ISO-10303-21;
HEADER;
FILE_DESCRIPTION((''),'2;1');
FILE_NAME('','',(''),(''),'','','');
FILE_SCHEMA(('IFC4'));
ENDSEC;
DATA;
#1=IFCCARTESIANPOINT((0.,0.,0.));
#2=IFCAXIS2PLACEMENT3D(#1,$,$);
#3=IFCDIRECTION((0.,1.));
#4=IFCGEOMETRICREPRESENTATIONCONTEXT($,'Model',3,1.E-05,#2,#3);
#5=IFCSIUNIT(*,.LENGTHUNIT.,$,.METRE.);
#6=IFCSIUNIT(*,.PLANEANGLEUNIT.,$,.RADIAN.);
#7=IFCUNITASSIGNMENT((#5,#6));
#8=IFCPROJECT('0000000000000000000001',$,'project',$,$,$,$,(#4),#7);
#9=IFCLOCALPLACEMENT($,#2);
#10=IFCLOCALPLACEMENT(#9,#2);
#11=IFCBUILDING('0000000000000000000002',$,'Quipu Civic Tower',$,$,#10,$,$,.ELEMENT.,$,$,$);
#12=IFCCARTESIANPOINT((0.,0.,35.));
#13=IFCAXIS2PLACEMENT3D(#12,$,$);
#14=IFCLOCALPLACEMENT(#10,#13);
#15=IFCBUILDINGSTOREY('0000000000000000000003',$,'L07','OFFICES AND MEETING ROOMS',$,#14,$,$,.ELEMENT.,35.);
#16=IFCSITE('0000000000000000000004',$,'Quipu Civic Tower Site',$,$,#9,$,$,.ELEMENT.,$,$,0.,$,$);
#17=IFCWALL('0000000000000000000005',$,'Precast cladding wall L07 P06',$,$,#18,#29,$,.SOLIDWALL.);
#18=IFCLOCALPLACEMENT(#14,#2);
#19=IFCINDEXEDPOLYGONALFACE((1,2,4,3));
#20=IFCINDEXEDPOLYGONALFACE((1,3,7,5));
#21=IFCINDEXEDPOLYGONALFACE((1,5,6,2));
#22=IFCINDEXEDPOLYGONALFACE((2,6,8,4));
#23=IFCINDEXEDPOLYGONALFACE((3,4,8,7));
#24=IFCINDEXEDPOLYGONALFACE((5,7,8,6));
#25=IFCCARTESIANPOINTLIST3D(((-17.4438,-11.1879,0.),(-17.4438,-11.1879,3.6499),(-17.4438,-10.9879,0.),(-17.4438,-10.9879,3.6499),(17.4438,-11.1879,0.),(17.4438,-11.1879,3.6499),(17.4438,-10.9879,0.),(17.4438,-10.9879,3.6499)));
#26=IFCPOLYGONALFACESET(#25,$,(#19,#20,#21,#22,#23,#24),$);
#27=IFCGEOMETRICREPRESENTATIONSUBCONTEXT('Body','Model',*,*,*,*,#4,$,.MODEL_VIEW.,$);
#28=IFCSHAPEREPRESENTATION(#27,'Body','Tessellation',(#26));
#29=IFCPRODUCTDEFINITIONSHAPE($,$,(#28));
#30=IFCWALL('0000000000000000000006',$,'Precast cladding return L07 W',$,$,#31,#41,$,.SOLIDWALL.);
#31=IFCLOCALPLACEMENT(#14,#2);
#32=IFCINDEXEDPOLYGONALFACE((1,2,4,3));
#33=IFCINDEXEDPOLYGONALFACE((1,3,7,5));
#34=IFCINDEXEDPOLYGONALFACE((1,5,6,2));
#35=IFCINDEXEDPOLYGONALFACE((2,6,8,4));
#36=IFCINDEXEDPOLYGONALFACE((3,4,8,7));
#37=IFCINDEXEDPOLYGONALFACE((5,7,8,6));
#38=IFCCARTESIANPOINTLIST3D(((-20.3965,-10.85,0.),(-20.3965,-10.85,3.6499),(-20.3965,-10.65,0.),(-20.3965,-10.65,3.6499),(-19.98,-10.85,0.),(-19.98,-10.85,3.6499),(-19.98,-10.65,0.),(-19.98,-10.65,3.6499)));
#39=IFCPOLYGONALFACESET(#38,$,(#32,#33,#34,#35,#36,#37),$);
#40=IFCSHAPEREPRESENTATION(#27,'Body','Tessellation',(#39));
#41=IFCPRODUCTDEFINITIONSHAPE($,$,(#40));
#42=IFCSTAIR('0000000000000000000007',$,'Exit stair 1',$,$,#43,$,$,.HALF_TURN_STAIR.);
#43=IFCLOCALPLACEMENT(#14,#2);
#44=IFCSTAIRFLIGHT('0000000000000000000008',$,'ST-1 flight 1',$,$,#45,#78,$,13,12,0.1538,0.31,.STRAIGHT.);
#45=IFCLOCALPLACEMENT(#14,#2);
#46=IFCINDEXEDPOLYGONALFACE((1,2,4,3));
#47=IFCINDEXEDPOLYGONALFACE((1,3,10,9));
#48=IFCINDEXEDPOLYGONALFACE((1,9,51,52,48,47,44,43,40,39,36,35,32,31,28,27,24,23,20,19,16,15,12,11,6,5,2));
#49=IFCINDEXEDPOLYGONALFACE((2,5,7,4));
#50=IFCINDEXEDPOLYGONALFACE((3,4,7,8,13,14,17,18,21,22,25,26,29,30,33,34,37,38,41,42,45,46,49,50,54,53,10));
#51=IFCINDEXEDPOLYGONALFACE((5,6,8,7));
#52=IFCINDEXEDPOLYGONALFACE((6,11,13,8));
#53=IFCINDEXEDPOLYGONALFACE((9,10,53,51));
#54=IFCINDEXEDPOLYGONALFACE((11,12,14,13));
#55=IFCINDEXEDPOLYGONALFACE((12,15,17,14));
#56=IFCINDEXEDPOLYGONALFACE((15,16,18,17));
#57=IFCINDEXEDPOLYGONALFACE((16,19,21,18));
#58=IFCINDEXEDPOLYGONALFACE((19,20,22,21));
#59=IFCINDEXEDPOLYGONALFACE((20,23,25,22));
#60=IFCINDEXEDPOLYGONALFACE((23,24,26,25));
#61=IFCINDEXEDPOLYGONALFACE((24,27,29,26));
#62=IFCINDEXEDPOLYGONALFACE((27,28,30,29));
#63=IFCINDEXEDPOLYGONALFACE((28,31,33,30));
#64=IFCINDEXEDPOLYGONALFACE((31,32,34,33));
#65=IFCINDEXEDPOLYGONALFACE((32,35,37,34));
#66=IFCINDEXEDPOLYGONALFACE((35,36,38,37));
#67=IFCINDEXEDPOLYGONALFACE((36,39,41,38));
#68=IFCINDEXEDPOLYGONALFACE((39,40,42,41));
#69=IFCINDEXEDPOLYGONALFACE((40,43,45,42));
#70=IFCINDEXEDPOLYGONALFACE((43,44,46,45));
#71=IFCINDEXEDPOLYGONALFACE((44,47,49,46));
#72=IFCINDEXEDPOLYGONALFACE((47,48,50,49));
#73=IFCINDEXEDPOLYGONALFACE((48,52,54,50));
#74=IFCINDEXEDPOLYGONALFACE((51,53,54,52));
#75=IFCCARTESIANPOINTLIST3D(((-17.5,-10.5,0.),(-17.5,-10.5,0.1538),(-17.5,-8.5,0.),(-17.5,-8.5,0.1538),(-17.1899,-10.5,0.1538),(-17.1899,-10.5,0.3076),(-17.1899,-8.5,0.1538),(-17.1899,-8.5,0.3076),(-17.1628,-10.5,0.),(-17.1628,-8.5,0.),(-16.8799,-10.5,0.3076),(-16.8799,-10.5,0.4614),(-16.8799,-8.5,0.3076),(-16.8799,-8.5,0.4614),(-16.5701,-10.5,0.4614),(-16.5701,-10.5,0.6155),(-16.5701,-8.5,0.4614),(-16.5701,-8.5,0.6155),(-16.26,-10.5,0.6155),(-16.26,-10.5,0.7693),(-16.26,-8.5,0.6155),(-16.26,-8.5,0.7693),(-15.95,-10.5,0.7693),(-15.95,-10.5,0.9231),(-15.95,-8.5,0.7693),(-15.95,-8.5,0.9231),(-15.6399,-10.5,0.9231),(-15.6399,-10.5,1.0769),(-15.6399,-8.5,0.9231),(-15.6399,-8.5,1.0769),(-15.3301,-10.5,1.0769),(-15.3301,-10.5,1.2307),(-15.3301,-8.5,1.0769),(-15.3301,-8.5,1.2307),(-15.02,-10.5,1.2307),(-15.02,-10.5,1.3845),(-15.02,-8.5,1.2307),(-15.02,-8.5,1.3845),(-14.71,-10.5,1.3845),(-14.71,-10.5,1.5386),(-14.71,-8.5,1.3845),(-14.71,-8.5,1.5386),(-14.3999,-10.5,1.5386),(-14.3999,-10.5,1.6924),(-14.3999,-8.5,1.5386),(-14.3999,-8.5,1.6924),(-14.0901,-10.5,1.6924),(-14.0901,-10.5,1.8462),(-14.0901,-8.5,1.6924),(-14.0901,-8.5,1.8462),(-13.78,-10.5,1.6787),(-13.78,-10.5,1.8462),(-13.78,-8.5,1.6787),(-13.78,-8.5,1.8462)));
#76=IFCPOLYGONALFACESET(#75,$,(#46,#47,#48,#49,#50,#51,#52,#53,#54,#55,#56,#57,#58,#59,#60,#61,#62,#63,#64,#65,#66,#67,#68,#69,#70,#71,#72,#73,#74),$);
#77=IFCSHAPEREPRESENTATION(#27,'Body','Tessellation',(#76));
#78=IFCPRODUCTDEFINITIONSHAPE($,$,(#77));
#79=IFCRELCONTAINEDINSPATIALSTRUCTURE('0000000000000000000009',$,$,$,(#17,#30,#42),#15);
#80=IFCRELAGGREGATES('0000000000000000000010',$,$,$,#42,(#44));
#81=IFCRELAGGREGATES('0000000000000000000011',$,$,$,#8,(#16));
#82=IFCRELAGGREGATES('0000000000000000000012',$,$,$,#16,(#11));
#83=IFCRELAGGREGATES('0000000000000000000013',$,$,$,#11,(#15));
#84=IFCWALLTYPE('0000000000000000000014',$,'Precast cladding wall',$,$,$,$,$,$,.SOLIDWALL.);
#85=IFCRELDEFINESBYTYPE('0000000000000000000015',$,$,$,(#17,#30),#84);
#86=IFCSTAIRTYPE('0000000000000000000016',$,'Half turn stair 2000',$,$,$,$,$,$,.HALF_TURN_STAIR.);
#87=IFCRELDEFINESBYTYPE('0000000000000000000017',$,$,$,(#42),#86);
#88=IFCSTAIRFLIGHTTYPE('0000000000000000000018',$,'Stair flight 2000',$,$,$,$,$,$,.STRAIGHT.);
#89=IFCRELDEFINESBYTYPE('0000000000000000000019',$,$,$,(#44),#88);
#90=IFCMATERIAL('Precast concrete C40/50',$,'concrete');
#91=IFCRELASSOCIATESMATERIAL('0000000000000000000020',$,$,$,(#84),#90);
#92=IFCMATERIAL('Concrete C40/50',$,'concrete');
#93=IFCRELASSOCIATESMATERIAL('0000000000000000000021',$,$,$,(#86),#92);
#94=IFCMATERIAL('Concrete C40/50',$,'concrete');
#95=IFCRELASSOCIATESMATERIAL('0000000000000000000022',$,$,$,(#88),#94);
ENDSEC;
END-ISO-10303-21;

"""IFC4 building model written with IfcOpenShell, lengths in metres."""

from ifc_helpers import new_model, si_unit, direction, frame, frame_2d, origin, place, context, subcontext, project, spatial, polyline, rectangle, outline, extrude, material, type_object, element, aggregate, save


model = new_model("IFC4")

# Units and contexts
model_context = context("Model", 3, precision=1e-05, world=origin(), true_north=direction((0.0, 1.0)))
body_context = subcontext(model_context, "Body", "Model", "MODEL_VIEW")
ifc_project = project(units=[si_unit("LENGTHUNIT", "METRE"), si_unit("PLANEANGLEUNIT", "RADIAN")], contexts=[model_context])

# Site, building, storey
site_placement = place(None, origin())
site = spatial("IfcSite", under=ifc_project, at=site_placement, Name="Quipu Civic Tower Site", CompositionType="ELEMENT", RefElevation=0.0)
building_placement = place(site_placement, origin())
building = spatial("IfcBuilding", under=site, at=building_placement, Name="Quipu Civic Tower", CompositionType="ELEMENT")
storey_placement = place(building_placement, frame((0.0, 0.0, 35.0)))
storey = spatial("IfcBuildingStorey", under=building, at=storey_placement, Name="L07", Description="OFFICES AND MEETING ROOMS", CompositionType="ELEMENT", Elevation=35.0)

# Walls
ifc_material_1 = material(Name="Precast concrete C40/50", Category="concrete")
wall_type_1 = type_object("IfcWallType", Name="Precast cladding wall", PredefinedType="SOLIDWALL", material=ifc_material_1)
wall_1_placement = place(storey_placement, frame((-17.4438, -11.0879, 0.0), z_axis=(0.0, 0.0, 1.0), x_axis=(1.0, 0.0, 0.0)))
element("IfcWall", 1, at=wall_1_placement, inside=storey, type_object=wall_type_1, Name="Precast cladding wall L07 P06", PredefinedType="SOLIDWALL", context=body_context, shape_type="SweptSolid", body=[
    extrude(rectangle(XDim=34.8877, YDim=0.2, at=frame_2d((17.4438, 0.0))), origin(), (0.0, 0.0, 1.0), 3.6499),
])
wall_2_placement = place(storey_placement, frame((-19.98, -10.75, 0.0), z_axis=(0.0, 0.0, 1.0), x_axis=(-1.0, 0.0, 0.0)))
element("IfcWall", 2, at=wall_2_placement, inside=storey, type_object=wall_type_1, Name="Precast cladding return L07 W", PredefinedType="SOLIDWALL", context=body_context, shape_type="SweptSolid", body=[
    extrude(rectangle(XDim=0.4165, YDim=0.2, at=frame_2d((0.2083, 0.0))), origin(), (0.0, 0.0, 1.0), 3.6499),
])

# Stair, stair flight
ifc_material_2 = material(Name="Concrete C40/50", Category="concrete")
stair_type = type_object("IfcStairType", Name="Half turn stair 2000", PredefinedType="HALF_TURN_STAIR", material=ifc_material_2)
stair_placement = place(storey_placement, origin())
stair = element("IfcStair", 3, at=stair_placement, inside=storey, type_object=stair_type, Name="Exit stair 1", PredefinedType="HALF_TURN_STAIR")
ifc_material_3 = material(Name="Concrete C40/50", Category="concrete")
stair_flight_type = type_object("IfcStairFlightType", Name="Stair flight 2000", PredefinedType="STRAIGHT", material=ifc_material_3)
stair_flight_placement = place(storey_placement, frame((-17.5, -9.5, 0.0), z_axis=(0.0, 0.0, 1.0), x_axis=(1.0, 0.0, 0.0)))
stair_flight = element("IfcStairFlight", 4, at=stair_flight_placement, type_object=stair_flight_type, Name="ST-1 flight 1", NumberOfRisers=13, NumberOfTreads=12, PredefinedType="STRAIGHT", RiserHeight=0.1538, TreadLength=0.31, context=body_context, shape_type="SweptSolid", body=[
    extrude(outline(polyline([(0.0, 0.0), (0.0, 0.1538), (0.3101, 0.1538), (0.3101, 0.3076), (0.6201, 0.3076), (0.6201, 0.4614), (0.9299, 0.4614), (0.9299, 0.6155), (1.24, 0.6155), (1.24, 0.7693), (1.55, 0.7693), (1.55, 0.9231), (1.8601, 0.9231), (1.8601, 1.0769), (2.1699, 1.0769), (2.1699, 1.2307), (2.48, 1.2307), (2.48, 1.3845), (2.79, 1.3845), (2.79, 1.5386), (3.1001, 1.5386), (3.1001, 1.6924), (3.4099, 1.6924), (3.4099, 1.8462), (3.72, 1.8462), (3.72, 2.0), (3.72, 1.6787), (0.3372, 0.0), (0.0, 0.0)])), frame((0.0, 1.0, 0.0), z_axis=(0.0, -1.0, 0.0), x_axis=(1.0, 0.0, 0.0)), (0.0, 0.0, 1.0), 2.0),
])
aggregate(stair, [stair_flight])

save(model, "model.ifc")
